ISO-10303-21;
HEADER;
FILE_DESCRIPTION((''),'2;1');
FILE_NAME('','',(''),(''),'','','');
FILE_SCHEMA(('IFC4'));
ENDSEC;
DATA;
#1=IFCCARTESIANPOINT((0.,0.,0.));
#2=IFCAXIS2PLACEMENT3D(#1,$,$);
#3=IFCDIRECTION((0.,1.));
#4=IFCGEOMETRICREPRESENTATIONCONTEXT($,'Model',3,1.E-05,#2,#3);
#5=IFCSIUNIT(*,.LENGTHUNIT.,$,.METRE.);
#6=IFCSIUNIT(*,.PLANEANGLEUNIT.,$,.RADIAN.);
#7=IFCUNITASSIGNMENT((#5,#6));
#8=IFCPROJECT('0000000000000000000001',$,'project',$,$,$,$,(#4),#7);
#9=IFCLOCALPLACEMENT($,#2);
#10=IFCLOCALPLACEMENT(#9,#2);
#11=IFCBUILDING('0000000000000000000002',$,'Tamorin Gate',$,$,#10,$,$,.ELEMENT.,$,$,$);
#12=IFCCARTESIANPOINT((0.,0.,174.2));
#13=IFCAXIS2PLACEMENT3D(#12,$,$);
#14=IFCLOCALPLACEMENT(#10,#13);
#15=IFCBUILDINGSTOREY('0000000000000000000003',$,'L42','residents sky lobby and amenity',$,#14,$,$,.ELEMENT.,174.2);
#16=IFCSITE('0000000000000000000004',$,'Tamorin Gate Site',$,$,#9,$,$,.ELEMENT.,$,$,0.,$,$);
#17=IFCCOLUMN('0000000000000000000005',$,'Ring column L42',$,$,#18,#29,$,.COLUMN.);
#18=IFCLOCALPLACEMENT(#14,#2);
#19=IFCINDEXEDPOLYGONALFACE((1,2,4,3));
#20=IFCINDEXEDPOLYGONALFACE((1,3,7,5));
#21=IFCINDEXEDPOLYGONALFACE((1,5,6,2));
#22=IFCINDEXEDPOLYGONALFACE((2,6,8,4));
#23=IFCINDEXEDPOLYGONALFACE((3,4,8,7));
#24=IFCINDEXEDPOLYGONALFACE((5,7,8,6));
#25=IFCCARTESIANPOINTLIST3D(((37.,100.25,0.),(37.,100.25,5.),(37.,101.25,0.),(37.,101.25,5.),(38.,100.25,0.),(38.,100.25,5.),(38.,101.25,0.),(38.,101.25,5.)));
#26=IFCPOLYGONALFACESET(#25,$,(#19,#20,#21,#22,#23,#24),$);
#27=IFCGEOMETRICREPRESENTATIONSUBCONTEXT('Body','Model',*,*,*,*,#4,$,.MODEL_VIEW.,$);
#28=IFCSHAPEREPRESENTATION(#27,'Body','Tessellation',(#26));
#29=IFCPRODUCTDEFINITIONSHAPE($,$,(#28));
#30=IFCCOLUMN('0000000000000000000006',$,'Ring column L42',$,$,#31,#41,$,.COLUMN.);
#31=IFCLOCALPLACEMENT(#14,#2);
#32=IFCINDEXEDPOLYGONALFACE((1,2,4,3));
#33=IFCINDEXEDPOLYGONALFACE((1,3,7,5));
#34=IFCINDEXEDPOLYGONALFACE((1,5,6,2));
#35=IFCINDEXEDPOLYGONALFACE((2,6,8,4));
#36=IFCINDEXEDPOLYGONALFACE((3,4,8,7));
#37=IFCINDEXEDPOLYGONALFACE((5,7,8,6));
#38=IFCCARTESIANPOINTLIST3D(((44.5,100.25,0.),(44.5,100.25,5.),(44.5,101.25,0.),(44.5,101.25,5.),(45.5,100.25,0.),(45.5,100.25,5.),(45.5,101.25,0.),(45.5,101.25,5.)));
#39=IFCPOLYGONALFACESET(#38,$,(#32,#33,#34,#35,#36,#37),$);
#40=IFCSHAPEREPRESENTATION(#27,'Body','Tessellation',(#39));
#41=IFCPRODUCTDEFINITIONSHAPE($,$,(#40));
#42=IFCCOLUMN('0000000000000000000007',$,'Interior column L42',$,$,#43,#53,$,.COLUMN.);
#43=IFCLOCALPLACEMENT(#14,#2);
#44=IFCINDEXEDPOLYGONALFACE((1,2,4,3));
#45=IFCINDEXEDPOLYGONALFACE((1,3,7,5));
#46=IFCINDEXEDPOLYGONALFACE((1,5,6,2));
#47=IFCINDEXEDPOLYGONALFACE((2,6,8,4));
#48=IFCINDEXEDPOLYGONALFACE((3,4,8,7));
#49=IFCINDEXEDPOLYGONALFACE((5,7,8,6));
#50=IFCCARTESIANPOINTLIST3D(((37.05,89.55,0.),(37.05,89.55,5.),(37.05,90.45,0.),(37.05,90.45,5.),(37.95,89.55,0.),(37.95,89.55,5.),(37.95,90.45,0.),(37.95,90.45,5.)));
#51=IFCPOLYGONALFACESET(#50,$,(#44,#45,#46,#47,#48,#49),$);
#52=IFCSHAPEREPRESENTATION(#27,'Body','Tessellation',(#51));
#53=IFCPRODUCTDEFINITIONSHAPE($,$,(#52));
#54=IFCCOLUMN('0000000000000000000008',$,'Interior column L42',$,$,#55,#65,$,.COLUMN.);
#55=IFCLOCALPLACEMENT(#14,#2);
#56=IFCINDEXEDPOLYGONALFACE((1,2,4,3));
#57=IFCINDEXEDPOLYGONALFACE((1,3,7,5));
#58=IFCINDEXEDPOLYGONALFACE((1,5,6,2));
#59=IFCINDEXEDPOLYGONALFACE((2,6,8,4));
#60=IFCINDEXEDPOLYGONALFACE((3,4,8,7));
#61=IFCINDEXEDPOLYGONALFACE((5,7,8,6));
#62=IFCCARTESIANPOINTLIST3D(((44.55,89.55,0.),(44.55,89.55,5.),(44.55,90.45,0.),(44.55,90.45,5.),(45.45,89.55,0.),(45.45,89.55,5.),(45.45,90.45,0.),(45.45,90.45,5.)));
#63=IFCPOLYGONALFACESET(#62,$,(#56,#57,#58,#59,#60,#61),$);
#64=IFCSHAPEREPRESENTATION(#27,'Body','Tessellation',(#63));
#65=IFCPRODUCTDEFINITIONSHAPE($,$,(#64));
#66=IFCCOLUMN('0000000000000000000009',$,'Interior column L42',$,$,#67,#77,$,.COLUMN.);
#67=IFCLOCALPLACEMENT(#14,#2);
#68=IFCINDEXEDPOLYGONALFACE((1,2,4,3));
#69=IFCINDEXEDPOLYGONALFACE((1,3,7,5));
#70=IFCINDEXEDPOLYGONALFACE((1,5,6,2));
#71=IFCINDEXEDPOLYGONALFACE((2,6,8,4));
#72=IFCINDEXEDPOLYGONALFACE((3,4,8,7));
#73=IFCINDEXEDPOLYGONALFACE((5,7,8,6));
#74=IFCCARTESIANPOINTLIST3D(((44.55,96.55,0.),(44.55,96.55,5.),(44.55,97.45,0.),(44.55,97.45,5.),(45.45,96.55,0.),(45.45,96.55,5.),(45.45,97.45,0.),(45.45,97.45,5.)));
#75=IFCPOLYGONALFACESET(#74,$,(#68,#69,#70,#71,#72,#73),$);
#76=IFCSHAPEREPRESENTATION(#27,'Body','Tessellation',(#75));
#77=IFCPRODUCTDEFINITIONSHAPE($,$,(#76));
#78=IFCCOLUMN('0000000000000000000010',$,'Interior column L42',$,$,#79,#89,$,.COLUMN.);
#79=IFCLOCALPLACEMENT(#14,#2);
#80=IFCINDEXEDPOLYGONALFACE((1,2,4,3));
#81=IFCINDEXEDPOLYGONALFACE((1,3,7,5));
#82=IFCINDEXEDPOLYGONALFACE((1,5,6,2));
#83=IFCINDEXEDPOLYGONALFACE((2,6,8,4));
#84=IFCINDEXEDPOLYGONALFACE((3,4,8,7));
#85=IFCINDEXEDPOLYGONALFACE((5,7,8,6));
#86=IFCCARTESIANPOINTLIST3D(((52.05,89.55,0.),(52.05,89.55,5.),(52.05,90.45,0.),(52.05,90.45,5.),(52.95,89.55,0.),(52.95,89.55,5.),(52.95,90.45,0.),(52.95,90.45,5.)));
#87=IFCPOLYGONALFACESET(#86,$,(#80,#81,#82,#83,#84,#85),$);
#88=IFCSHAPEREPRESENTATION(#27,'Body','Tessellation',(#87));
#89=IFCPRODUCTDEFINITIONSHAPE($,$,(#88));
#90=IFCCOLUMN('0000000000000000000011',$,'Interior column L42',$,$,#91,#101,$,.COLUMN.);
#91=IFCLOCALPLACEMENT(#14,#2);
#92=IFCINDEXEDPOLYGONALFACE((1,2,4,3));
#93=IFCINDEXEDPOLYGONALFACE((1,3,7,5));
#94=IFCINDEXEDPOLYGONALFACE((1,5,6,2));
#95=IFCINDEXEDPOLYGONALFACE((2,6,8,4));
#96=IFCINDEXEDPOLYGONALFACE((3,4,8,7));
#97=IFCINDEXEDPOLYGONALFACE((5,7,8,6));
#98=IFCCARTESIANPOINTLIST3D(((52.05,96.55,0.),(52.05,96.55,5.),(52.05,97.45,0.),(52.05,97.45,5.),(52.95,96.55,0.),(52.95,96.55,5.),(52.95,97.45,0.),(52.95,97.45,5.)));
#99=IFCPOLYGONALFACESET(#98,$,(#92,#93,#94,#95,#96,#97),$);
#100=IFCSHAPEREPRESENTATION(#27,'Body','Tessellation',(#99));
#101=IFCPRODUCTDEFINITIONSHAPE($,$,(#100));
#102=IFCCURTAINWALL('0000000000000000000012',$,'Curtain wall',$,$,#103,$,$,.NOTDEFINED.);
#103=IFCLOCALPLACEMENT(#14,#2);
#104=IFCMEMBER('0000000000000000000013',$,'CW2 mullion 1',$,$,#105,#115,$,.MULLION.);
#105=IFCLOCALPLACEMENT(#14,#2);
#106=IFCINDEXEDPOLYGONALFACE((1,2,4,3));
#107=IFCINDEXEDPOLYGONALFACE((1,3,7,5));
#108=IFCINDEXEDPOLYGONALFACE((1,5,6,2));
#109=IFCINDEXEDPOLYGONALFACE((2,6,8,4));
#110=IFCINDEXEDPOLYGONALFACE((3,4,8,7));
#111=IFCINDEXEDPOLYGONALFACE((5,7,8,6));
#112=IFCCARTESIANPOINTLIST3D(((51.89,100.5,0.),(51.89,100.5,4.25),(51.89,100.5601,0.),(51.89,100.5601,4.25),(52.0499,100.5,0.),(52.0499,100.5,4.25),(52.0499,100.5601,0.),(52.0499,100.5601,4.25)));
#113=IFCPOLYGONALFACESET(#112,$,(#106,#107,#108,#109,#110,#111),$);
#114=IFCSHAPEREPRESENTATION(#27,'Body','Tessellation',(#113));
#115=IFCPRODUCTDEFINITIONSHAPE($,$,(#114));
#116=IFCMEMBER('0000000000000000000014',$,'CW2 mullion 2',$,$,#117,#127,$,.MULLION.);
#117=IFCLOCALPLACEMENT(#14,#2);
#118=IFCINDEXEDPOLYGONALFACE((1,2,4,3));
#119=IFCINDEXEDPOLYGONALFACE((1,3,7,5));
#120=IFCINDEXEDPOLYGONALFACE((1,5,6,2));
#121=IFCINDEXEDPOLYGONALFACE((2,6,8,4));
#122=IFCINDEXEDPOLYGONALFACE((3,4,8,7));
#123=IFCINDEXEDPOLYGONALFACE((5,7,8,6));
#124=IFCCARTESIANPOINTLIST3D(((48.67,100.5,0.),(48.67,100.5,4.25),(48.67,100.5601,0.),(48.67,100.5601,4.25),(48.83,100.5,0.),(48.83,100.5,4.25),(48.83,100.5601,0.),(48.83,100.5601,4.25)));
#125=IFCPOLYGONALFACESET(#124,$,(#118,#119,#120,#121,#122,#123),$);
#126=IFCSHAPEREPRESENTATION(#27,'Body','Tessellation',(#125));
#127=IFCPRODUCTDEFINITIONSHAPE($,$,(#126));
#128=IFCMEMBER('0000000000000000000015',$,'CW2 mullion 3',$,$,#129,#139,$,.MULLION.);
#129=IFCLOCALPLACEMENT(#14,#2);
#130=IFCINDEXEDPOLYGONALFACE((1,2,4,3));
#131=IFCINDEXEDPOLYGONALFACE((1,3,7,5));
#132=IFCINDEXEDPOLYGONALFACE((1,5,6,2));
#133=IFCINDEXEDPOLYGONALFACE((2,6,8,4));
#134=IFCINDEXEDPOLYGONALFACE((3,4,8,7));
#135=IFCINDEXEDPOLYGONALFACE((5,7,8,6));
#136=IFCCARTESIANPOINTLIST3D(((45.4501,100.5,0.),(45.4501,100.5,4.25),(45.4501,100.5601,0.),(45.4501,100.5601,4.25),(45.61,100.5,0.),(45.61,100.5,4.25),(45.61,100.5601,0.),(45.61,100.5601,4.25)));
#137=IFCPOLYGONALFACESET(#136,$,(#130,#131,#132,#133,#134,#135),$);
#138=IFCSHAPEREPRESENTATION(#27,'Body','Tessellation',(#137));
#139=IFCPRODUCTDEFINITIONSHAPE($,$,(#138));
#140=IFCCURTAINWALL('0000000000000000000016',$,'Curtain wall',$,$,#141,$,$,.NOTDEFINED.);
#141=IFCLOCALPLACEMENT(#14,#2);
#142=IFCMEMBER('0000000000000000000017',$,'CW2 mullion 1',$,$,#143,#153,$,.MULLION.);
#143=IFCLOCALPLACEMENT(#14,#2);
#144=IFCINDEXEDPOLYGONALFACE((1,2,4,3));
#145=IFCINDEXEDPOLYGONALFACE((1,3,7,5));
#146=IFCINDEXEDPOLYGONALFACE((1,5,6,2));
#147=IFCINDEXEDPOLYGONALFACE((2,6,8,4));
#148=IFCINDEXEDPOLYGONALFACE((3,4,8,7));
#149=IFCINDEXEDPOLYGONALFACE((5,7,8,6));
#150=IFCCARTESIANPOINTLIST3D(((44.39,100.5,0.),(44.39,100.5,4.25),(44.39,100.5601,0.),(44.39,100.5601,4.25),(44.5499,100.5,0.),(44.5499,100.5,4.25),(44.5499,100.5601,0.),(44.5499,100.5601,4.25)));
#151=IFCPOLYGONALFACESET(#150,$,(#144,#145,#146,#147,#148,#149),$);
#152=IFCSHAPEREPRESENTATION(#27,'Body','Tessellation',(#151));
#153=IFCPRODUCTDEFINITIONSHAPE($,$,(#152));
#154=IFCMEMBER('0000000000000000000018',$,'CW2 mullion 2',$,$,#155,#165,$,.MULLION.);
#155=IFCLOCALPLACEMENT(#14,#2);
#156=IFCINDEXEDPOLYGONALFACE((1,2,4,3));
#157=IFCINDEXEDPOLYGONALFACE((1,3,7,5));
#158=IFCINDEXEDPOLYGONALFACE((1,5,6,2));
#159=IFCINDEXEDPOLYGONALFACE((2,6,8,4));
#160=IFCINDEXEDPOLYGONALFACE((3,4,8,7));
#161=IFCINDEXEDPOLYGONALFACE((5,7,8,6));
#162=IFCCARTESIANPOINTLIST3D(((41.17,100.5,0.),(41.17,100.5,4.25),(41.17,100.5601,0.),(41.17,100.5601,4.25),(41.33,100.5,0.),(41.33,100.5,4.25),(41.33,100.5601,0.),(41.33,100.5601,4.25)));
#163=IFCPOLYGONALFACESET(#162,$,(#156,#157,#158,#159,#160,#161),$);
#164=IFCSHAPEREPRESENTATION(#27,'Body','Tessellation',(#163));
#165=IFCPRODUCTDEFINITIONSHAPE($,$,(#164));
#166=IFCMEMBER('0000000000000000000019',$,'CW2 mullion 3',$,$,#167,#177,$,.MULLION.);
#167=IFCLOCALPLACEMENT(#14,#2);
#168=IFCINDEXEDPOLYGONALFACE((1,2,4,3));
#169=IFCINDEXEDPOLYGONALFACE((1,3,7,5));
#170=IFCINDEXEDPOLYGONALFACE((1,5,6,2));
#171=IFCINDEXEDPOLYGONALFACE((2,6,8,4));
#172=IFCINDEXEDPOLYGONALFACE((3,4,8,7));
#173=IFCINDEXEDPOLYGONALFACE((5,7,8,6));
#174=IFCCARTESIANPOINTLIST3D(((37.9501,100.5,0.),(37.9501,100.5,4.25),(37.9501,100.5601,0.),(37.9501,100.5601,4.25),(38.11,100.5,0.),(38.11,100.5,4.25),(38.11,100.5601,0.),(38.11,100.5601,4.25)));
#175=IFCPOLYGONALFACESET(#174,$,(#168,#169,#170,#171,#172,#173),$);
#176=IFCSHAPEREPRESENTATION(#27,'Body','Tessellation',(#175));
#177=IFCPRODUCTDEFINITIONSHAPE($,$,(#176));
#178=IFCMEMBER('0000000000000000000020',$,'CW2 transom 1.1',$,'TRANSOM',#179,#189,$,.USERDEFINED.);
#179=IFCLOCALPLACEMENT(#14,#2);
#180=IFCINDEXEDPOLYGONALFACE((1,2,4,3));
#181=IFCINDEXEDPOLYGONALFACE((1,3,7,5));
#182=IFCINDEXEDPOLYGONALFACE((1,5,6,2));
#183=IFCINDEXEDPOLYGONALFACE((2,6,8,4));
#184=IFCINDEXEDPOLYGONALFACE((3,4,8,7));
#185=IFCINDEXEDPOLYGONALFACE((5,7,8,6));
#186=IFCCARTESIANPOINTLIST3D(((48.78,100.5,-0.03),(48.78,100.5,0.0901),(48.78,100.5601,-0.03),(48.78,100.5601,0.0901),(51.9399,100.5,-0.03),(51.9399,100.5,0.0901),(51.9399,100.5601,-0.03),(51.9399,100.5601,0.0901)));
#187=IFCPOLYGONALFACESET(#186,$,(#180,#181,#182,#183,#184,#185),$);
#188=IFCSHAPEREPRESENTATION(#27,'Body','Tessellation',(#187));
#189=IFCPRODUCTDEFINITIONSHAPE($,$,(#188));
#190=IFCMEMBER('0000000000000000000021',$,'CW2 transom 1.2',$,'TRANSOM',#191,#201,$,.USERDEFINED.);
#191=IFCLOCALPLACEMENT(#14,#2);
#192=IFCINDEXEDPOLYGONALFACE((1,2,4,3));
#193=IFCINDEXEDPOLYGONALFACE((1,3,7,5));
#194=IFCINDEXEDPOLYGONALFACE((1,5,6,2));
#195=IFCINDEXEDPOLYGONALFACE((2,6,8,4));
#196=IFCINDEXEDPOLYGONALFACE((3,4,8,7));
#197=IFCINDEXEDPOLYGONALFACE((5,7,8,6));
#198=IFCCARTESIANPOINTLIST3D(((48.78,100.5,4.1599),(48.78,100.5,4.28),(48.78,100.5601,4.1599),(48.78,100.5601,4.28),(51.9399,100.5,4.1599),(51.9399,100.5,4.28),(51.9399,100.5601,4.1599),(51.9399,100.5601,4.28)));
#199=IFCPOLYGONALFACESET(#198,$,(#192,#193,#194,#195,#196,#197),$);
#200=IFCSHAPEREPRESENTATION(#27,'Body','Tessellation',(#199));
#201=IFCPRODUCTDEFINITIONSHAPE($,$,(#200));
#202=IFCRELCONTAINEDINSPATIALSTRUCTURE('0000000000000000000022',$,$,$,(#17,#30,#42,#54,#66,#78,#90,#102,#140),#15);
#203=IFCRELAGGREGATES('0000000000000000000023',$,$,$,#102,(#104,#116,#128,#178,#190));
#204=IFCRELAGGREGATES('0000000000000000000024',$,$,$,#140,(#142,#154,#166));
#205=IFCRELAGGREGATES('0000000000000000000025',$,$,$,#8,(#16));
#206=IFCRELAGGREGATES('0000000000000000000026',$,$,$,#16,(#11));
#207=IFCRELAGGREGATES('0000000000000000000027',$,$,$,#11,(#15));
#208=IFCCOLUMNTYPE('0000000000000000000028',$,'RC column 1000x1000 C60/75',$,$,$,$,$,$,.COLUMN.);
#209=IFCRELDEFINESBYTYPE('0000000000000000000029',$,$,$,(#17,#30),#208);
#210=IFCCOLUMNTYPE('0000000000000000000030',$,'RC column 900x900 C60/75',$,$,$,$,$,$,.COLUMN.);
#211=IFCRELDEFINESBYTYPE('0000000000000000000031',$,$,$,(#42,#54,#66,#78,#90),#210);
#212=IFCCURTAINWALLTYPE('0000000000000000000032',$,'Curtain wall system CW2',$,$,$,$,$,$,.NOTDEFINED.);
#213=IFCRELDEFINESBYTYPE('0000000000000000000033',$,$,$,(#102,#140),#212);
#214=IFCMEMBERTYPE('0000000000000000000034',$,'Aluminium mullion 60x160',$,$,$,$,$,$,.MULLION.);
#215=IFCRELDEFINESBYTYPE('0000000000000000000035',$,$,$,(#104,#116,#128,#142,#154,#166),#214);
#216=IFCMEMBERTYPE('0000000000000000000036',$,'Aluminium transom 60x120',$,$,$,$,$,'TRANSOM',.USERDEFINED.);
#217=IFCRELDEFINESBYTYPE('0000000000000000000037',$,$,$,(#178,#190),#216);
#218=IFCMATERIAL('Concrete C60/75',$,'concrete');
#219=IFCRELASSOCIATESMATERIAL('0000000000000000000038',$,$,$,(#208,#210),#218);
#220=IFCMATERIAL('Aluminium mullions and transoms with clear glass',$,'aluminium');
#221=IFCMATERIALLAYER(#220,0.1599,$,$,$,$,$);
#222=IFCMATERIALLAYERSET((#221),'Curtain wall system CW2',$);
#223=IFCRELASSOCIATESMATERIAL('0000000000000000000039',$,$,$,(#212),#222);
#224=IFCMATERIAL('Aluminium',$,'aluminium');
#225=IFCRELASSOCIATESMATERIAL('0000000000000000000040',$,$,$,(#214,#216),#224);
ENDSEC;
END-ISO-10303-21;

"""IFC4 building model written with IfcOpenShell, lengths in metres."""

from ifc_helpers import new_model, si_unit, direction, frame, origin, origin_2d, place, context, subcontext, project, spatial, rectangle, extrude, material, layer, layer_set, material_profile, profile_set, type_object, element, aggregate, save


model = new_model("IFC4")

# Units and contexts
model_context = context("Model", 3, precision=1e-05, world=origin(), true_north=direction((0.0, 1.0)))
body_context = subcontext(model_context, "Body", "Model", "MODEL_VIEW")
ifc_project = project(units=[si_unit("LENGTHUNIT", "METRE"), si_unit("PLANEANGLEUNIT", "RADIAN")], contexts=[model_context])

# Site, building, storey
site_placement = place(None, origin())
site = spatial("IfcSite", under=ifc_project, at=site_placement, Name="Tamorin Gate Site", CompositionType="ELEMENT", RefElevation=0.0)
building_placement = place(site_placement, origin())
building = spatial("IfcBuilding", under=site, at=building_placement, Name="Tamorin Gate", CompositionType="ELEMENT")
storey_placement = place(building_placement, frame((0.0, 0.0, 174.2)))
storey = spatial("IfcBuildingStorey", under=building, at=storey_placement, Name="L42", Description="residents sky lobby and amenity", CompositionType="ELEMENT", Elevation=174.2)

# Columns
ifc_material_1 = material(Name="Concrete C60/75", Category="concrete")
ifc_material_profile_1 = material_profile(ifc_material_1, rectangle(XDim=1.0, YDim=1.0, at=origin_2d()), Name="RC 1000x1000")
ifc_profile_set_1 = profile_set([ifc_material_profile_1], Name="Concrete C60/75")
column_type_1 = type_object("IfcColumnType", Name="RC column 1000x1000 C60/75", PredefinedType="COLUMN", material=ifc_profile_set_1)
for number, where, z_axis, x_axis, name in (
    (1, (37.5, 100.75, 0.0), (0.0, 0.0, 1.0), (1.0, 0.0, 0.0), "Ring column L42"),
    (2, (45.0, 100.75, 0.0), (0.0, 0.0, 1.0), (1.0, 0.0, 0.0), "Ring column L42"),
):
    element("IfcColumn", number, at=place(storey_placement, frame(where, z_axis=z_axis, x_axis=x_axis)), inside=storey, type_object=column_type_1, Name=name, PredefinedType="COLUMN", context=body_context, shape_type="SweptSolid", body=[
        extrude(rectangle(XDim=1.0, YDim=1.0, at=origin_2d()), origin(), (0.0, 0.0, 1.0), 5.0),
    ])
ifc_material_profile_2 = material_profile(ifc_material_1, rectangle(XDim=0.8999, YDim=0.8999, at=origin_2d()), Name="RC 900x900")
ifc_profile_set_2 = profile_set([ifc_material_profile_2], Name="Concrete C60/75")
column_type_2 = type_object("IfcColumnType", Name="RC column 900x900 C60/75", PredefinedType="COLUMN", material=ifc_profile_set_2)
for number, where, z_axis, x_axis, name in (
    (3, (37.5, 90.0, 0.0), (0.0, 0.0, 1.0), (1.0, 0.0, 0.0), "Interior column L42"),
    (4, (45.0, 90.0, 0.0), (0.0, 0.0, 1.0), (1.0, 0.0, 0.0), "Interior column L42"),
    (5, (45.0, 97.0, 0.0), (0.0, 0.0, 1.0), (1.0, 0.0, 0.0), "Interior column L42"),
    (6, (52.5, 90.0, 0.0), (0.0, 0.0, 1.0), (1.0, 0.0, 0.0), "Interior column L42"),
    (7, (52.5, 97.0, 0.0), (0.0, 0.0, 1.0), (1.0, 0.0, 0.0), "Interior column L42"),
):
    element("IfcColumn", number, at=place(storey_placement, frame(where, z_axis=z_axis, x_axis=x_axis)), inside=storey, type_object=column_type_2, Name=name, PredefinedType="COLUMN", context=body_context, shape_type="SweptSolid", body=[
        extrude(rectangle(XDim=0.8999, YDim=0.8999, at=origin_2d()), origin(), (0.0, 0.0, 1.0), 5.0),
    ])

# Curtain walls, members
ifc_material_2 = material(Name="Aluminium mullions and transoms with clear glass", Category="aluminium")
ifc_layer_1 = layer(ifc_material_2, 0.1599)
ifc_layer_set_1 = layer_set([ifc_layer_1], Name="Curtain wall system CW2")
curtain_wall_type = type_object("IfcCurtainWallType", Name="Curtain wall system CW2", PredefinedType="NOTDEFINED", material=ifc_layer_set_1)
curtain_wall_1_placement = place(storey_placement, origin())
curtain_wall_1 = element("IfcCurtainWall", 8, at=curtain_wall_1_placement, inside=storey, type_object=curtain_wall_type, Name="Curtain wall", PredefinedType="NOTDEFINED")
ifc_material_3 = material(Name="Aluminium", Category="aluminium")
ifc_material_profile_3 = material_profile(ifc_material_3, rectangle(XDim=0.0601, YDim=0.1599, at=origin_2d()), Name="RECT 60x160")
ifc_profile_set_3 = profile_set([ifc_material_profile_3], Name="Aluminium")
member_type_1 = type_object("IfcMemberType", Name="Aluminium mullion 60x160", PredefinedType="MULLION", material=ifc_profile_set_3)
member_1_placement = place(storey_placement, frame((51.97, 100.53, 0.0), z_axis=(0.0, 0.0, 1.0), x_axis=(0.0, -1.0, 0.0)))
member_1 = element("IfcMember", 9, at=member_1_placement, type_object=member_type_1, Name="CW2 mullion 1", PredefinedType="MULLION", context=body_context, shape_type="SweptSolid", body=[
    extrude(rectangle(XDim=0.0601, YDim=0.1599, at=origin_2d()), origin(), (0.0, 0.0, 1.0), 4.25),
])
member_2_placement = place(storey_placement, frame((48.75, 100.53, 0.0), z_axis=(0.0, 0.0, 1.0), x_axis=(0.0, -1.0, 0.0)))
member_2 = element("IfcMember", 10, at=member_2_placement, type_object=member_type_1, Name="CW2 mullion 2", PredefinedType="MULLION", context=body_context, shape_type="SweptSolid", body=[
    extrude(rectangle(XDim=0.0601, YDim=0.1599, at=origin_2d()), origin(), (0.0, 0.0, 1.0), 4.25),
])
member_3_placement = place(storey_placement, frame((45.53, 100.53, 0.0), z_axis=(0.0, 0.0, 1.0), x_axis=(0.0, -1.0, 0.0)))
member_3 = element("IfcMember", 11, at=member_3_placement, type_object=member_type_1, Name="CW2 mullion 3", PredefinedType="MULLION", context=body_context, shape_type="SweptSolid", body=[
    extrude(rectangle(XDim=0.0601, YDim=0.1599, at=origin_2d()), origin(), (0.0, 0.0, 1.0), 4.25),
])
curtain_wall_2_placement = place(storey_placement, origin())
curtain_wall_2 = element("IfcCurtainWall", 12, at=curtain_wall_2_placement, inside=storey, type_object=curtain_wall_type, Name="Curtain wall", PredefinedType="NOTDEFINED")
member_4_placement = place(storey_placement, frame((44.47, 100.53, 0.0), z_axis=(0.0, 0.0, 1.0), x_axis=(0.0, -1.0, 0.0)))
member_4 = element("IfcMember", 13, at=member_4_placement, type_object=member_type_1, Name="CW2 mullion 1", PredefinedType="MULLION", context=body_context, shape_type="SweptSolid", body=[
    extrude(rectangle(XDim=0.0601, YDim=0.1599, at=origin_2d()), origin(), (0.0, 0.0, 1.0), 4.25),
])
member_5_placement = place(storey_placement, frame((41.25, 100.53, 0.0), z_axis=(0.0, 0.0, 1.0), x_axis=(0.0, -1.0, 0.0)))
member_5 = element("IfcMember", 14, at=member_5_placement, type_object=member_type_1, Name="CW2 mullion 2", PredefinedType="MULLION", context=body_context, shape_type="SweptSolid", body=[
    extrude(rectangle(XDim=0.0601, YDim=0.1599, at=origin_2d()), origin(), (0.0, 0.0, 1.0), 4.25),
])
member_6_placement = place(storey_placement, frame((38.03, 100.53, 0.0), z_axis=(0.0, 0.0, 1.0), x_axis=(0.0, -1.0, 0.0)))
member_6 = element("IfcMember", 15, at=member_6_placement, type_object=member_type_1, Name="CW2 mullion 3", PredefinedType="MULLION", context=body_context, shape_type="SweptSolid", body=[
    extrude(rectangle(XDim=0.0601, YDim=0.1599, at=origin_2d()), origin(), (0.0, 0.0, 1.0), 4.25),
])

# Members
ifc_material_profile_4 = material_profile(ifc_material_3, rectangle(XDim=0.0601, YDim=0.1201, at=origin_2d()), Name="RECT 60x120")
ifc_profile_set_4 = profile_set([ifc_material_profile_4], Name="Aluminium")
member_type_2 = type_object("IfcMemberType", Name="Aluminium transom 60x120", ElementType="TRANSOM", PredefinedType="USERDEFINED", material=ifc_profile_set_4)
member_7_placement = place(storey_placement, frame((51.9399, 100.53, 0.03), z_axis=(-1.0, 0.0, 0.0), x_axis=(0.0, -1.0, 0.0)))
member_7 = element("IfcMember", 16, at=member_7_placement, type_object=member_type_2, Name="CW2 transom 1.1", ObjectType="TRANSOM", PredefinedType="USERDEFINED", context=body_context, shape_type="SweptSolid", body=[
    extrude(rectangle(XDim=0.0601, YDim=0.1201, at=origin_2d()), origin(), (0.0, 0.0, 1.0), 3.1599),
])
member_8_placement = place(storey_placement, frame((51.9399, 100.53, 4.22), z_axis=(-1.0, 0.0, 0.0), x_axis=(0.0, -1.0, 0.0)))
member_8 = element("IfcMember", 17, at=member_8_placement, type_object=member_type_2, Name="CW2 transom 1.2", ObjectType="TRANSOM", PredefinedType="USERDEFINED", context=body_context, shape_type="SweptSolid", body=[
    extrude(rectangle(XDim=0.0601, YDim=0.1201, at=origin_2d()), origin(), (0.0, 0.0, 1.0), 3.1599),
])

aggregate(curtain_wall_1, [member_1, member_2, member_3, member_7, member_8])
aggregate(curtain_wall_2, [member_4, member_5, member_6])

save(model, "model.ifc")
